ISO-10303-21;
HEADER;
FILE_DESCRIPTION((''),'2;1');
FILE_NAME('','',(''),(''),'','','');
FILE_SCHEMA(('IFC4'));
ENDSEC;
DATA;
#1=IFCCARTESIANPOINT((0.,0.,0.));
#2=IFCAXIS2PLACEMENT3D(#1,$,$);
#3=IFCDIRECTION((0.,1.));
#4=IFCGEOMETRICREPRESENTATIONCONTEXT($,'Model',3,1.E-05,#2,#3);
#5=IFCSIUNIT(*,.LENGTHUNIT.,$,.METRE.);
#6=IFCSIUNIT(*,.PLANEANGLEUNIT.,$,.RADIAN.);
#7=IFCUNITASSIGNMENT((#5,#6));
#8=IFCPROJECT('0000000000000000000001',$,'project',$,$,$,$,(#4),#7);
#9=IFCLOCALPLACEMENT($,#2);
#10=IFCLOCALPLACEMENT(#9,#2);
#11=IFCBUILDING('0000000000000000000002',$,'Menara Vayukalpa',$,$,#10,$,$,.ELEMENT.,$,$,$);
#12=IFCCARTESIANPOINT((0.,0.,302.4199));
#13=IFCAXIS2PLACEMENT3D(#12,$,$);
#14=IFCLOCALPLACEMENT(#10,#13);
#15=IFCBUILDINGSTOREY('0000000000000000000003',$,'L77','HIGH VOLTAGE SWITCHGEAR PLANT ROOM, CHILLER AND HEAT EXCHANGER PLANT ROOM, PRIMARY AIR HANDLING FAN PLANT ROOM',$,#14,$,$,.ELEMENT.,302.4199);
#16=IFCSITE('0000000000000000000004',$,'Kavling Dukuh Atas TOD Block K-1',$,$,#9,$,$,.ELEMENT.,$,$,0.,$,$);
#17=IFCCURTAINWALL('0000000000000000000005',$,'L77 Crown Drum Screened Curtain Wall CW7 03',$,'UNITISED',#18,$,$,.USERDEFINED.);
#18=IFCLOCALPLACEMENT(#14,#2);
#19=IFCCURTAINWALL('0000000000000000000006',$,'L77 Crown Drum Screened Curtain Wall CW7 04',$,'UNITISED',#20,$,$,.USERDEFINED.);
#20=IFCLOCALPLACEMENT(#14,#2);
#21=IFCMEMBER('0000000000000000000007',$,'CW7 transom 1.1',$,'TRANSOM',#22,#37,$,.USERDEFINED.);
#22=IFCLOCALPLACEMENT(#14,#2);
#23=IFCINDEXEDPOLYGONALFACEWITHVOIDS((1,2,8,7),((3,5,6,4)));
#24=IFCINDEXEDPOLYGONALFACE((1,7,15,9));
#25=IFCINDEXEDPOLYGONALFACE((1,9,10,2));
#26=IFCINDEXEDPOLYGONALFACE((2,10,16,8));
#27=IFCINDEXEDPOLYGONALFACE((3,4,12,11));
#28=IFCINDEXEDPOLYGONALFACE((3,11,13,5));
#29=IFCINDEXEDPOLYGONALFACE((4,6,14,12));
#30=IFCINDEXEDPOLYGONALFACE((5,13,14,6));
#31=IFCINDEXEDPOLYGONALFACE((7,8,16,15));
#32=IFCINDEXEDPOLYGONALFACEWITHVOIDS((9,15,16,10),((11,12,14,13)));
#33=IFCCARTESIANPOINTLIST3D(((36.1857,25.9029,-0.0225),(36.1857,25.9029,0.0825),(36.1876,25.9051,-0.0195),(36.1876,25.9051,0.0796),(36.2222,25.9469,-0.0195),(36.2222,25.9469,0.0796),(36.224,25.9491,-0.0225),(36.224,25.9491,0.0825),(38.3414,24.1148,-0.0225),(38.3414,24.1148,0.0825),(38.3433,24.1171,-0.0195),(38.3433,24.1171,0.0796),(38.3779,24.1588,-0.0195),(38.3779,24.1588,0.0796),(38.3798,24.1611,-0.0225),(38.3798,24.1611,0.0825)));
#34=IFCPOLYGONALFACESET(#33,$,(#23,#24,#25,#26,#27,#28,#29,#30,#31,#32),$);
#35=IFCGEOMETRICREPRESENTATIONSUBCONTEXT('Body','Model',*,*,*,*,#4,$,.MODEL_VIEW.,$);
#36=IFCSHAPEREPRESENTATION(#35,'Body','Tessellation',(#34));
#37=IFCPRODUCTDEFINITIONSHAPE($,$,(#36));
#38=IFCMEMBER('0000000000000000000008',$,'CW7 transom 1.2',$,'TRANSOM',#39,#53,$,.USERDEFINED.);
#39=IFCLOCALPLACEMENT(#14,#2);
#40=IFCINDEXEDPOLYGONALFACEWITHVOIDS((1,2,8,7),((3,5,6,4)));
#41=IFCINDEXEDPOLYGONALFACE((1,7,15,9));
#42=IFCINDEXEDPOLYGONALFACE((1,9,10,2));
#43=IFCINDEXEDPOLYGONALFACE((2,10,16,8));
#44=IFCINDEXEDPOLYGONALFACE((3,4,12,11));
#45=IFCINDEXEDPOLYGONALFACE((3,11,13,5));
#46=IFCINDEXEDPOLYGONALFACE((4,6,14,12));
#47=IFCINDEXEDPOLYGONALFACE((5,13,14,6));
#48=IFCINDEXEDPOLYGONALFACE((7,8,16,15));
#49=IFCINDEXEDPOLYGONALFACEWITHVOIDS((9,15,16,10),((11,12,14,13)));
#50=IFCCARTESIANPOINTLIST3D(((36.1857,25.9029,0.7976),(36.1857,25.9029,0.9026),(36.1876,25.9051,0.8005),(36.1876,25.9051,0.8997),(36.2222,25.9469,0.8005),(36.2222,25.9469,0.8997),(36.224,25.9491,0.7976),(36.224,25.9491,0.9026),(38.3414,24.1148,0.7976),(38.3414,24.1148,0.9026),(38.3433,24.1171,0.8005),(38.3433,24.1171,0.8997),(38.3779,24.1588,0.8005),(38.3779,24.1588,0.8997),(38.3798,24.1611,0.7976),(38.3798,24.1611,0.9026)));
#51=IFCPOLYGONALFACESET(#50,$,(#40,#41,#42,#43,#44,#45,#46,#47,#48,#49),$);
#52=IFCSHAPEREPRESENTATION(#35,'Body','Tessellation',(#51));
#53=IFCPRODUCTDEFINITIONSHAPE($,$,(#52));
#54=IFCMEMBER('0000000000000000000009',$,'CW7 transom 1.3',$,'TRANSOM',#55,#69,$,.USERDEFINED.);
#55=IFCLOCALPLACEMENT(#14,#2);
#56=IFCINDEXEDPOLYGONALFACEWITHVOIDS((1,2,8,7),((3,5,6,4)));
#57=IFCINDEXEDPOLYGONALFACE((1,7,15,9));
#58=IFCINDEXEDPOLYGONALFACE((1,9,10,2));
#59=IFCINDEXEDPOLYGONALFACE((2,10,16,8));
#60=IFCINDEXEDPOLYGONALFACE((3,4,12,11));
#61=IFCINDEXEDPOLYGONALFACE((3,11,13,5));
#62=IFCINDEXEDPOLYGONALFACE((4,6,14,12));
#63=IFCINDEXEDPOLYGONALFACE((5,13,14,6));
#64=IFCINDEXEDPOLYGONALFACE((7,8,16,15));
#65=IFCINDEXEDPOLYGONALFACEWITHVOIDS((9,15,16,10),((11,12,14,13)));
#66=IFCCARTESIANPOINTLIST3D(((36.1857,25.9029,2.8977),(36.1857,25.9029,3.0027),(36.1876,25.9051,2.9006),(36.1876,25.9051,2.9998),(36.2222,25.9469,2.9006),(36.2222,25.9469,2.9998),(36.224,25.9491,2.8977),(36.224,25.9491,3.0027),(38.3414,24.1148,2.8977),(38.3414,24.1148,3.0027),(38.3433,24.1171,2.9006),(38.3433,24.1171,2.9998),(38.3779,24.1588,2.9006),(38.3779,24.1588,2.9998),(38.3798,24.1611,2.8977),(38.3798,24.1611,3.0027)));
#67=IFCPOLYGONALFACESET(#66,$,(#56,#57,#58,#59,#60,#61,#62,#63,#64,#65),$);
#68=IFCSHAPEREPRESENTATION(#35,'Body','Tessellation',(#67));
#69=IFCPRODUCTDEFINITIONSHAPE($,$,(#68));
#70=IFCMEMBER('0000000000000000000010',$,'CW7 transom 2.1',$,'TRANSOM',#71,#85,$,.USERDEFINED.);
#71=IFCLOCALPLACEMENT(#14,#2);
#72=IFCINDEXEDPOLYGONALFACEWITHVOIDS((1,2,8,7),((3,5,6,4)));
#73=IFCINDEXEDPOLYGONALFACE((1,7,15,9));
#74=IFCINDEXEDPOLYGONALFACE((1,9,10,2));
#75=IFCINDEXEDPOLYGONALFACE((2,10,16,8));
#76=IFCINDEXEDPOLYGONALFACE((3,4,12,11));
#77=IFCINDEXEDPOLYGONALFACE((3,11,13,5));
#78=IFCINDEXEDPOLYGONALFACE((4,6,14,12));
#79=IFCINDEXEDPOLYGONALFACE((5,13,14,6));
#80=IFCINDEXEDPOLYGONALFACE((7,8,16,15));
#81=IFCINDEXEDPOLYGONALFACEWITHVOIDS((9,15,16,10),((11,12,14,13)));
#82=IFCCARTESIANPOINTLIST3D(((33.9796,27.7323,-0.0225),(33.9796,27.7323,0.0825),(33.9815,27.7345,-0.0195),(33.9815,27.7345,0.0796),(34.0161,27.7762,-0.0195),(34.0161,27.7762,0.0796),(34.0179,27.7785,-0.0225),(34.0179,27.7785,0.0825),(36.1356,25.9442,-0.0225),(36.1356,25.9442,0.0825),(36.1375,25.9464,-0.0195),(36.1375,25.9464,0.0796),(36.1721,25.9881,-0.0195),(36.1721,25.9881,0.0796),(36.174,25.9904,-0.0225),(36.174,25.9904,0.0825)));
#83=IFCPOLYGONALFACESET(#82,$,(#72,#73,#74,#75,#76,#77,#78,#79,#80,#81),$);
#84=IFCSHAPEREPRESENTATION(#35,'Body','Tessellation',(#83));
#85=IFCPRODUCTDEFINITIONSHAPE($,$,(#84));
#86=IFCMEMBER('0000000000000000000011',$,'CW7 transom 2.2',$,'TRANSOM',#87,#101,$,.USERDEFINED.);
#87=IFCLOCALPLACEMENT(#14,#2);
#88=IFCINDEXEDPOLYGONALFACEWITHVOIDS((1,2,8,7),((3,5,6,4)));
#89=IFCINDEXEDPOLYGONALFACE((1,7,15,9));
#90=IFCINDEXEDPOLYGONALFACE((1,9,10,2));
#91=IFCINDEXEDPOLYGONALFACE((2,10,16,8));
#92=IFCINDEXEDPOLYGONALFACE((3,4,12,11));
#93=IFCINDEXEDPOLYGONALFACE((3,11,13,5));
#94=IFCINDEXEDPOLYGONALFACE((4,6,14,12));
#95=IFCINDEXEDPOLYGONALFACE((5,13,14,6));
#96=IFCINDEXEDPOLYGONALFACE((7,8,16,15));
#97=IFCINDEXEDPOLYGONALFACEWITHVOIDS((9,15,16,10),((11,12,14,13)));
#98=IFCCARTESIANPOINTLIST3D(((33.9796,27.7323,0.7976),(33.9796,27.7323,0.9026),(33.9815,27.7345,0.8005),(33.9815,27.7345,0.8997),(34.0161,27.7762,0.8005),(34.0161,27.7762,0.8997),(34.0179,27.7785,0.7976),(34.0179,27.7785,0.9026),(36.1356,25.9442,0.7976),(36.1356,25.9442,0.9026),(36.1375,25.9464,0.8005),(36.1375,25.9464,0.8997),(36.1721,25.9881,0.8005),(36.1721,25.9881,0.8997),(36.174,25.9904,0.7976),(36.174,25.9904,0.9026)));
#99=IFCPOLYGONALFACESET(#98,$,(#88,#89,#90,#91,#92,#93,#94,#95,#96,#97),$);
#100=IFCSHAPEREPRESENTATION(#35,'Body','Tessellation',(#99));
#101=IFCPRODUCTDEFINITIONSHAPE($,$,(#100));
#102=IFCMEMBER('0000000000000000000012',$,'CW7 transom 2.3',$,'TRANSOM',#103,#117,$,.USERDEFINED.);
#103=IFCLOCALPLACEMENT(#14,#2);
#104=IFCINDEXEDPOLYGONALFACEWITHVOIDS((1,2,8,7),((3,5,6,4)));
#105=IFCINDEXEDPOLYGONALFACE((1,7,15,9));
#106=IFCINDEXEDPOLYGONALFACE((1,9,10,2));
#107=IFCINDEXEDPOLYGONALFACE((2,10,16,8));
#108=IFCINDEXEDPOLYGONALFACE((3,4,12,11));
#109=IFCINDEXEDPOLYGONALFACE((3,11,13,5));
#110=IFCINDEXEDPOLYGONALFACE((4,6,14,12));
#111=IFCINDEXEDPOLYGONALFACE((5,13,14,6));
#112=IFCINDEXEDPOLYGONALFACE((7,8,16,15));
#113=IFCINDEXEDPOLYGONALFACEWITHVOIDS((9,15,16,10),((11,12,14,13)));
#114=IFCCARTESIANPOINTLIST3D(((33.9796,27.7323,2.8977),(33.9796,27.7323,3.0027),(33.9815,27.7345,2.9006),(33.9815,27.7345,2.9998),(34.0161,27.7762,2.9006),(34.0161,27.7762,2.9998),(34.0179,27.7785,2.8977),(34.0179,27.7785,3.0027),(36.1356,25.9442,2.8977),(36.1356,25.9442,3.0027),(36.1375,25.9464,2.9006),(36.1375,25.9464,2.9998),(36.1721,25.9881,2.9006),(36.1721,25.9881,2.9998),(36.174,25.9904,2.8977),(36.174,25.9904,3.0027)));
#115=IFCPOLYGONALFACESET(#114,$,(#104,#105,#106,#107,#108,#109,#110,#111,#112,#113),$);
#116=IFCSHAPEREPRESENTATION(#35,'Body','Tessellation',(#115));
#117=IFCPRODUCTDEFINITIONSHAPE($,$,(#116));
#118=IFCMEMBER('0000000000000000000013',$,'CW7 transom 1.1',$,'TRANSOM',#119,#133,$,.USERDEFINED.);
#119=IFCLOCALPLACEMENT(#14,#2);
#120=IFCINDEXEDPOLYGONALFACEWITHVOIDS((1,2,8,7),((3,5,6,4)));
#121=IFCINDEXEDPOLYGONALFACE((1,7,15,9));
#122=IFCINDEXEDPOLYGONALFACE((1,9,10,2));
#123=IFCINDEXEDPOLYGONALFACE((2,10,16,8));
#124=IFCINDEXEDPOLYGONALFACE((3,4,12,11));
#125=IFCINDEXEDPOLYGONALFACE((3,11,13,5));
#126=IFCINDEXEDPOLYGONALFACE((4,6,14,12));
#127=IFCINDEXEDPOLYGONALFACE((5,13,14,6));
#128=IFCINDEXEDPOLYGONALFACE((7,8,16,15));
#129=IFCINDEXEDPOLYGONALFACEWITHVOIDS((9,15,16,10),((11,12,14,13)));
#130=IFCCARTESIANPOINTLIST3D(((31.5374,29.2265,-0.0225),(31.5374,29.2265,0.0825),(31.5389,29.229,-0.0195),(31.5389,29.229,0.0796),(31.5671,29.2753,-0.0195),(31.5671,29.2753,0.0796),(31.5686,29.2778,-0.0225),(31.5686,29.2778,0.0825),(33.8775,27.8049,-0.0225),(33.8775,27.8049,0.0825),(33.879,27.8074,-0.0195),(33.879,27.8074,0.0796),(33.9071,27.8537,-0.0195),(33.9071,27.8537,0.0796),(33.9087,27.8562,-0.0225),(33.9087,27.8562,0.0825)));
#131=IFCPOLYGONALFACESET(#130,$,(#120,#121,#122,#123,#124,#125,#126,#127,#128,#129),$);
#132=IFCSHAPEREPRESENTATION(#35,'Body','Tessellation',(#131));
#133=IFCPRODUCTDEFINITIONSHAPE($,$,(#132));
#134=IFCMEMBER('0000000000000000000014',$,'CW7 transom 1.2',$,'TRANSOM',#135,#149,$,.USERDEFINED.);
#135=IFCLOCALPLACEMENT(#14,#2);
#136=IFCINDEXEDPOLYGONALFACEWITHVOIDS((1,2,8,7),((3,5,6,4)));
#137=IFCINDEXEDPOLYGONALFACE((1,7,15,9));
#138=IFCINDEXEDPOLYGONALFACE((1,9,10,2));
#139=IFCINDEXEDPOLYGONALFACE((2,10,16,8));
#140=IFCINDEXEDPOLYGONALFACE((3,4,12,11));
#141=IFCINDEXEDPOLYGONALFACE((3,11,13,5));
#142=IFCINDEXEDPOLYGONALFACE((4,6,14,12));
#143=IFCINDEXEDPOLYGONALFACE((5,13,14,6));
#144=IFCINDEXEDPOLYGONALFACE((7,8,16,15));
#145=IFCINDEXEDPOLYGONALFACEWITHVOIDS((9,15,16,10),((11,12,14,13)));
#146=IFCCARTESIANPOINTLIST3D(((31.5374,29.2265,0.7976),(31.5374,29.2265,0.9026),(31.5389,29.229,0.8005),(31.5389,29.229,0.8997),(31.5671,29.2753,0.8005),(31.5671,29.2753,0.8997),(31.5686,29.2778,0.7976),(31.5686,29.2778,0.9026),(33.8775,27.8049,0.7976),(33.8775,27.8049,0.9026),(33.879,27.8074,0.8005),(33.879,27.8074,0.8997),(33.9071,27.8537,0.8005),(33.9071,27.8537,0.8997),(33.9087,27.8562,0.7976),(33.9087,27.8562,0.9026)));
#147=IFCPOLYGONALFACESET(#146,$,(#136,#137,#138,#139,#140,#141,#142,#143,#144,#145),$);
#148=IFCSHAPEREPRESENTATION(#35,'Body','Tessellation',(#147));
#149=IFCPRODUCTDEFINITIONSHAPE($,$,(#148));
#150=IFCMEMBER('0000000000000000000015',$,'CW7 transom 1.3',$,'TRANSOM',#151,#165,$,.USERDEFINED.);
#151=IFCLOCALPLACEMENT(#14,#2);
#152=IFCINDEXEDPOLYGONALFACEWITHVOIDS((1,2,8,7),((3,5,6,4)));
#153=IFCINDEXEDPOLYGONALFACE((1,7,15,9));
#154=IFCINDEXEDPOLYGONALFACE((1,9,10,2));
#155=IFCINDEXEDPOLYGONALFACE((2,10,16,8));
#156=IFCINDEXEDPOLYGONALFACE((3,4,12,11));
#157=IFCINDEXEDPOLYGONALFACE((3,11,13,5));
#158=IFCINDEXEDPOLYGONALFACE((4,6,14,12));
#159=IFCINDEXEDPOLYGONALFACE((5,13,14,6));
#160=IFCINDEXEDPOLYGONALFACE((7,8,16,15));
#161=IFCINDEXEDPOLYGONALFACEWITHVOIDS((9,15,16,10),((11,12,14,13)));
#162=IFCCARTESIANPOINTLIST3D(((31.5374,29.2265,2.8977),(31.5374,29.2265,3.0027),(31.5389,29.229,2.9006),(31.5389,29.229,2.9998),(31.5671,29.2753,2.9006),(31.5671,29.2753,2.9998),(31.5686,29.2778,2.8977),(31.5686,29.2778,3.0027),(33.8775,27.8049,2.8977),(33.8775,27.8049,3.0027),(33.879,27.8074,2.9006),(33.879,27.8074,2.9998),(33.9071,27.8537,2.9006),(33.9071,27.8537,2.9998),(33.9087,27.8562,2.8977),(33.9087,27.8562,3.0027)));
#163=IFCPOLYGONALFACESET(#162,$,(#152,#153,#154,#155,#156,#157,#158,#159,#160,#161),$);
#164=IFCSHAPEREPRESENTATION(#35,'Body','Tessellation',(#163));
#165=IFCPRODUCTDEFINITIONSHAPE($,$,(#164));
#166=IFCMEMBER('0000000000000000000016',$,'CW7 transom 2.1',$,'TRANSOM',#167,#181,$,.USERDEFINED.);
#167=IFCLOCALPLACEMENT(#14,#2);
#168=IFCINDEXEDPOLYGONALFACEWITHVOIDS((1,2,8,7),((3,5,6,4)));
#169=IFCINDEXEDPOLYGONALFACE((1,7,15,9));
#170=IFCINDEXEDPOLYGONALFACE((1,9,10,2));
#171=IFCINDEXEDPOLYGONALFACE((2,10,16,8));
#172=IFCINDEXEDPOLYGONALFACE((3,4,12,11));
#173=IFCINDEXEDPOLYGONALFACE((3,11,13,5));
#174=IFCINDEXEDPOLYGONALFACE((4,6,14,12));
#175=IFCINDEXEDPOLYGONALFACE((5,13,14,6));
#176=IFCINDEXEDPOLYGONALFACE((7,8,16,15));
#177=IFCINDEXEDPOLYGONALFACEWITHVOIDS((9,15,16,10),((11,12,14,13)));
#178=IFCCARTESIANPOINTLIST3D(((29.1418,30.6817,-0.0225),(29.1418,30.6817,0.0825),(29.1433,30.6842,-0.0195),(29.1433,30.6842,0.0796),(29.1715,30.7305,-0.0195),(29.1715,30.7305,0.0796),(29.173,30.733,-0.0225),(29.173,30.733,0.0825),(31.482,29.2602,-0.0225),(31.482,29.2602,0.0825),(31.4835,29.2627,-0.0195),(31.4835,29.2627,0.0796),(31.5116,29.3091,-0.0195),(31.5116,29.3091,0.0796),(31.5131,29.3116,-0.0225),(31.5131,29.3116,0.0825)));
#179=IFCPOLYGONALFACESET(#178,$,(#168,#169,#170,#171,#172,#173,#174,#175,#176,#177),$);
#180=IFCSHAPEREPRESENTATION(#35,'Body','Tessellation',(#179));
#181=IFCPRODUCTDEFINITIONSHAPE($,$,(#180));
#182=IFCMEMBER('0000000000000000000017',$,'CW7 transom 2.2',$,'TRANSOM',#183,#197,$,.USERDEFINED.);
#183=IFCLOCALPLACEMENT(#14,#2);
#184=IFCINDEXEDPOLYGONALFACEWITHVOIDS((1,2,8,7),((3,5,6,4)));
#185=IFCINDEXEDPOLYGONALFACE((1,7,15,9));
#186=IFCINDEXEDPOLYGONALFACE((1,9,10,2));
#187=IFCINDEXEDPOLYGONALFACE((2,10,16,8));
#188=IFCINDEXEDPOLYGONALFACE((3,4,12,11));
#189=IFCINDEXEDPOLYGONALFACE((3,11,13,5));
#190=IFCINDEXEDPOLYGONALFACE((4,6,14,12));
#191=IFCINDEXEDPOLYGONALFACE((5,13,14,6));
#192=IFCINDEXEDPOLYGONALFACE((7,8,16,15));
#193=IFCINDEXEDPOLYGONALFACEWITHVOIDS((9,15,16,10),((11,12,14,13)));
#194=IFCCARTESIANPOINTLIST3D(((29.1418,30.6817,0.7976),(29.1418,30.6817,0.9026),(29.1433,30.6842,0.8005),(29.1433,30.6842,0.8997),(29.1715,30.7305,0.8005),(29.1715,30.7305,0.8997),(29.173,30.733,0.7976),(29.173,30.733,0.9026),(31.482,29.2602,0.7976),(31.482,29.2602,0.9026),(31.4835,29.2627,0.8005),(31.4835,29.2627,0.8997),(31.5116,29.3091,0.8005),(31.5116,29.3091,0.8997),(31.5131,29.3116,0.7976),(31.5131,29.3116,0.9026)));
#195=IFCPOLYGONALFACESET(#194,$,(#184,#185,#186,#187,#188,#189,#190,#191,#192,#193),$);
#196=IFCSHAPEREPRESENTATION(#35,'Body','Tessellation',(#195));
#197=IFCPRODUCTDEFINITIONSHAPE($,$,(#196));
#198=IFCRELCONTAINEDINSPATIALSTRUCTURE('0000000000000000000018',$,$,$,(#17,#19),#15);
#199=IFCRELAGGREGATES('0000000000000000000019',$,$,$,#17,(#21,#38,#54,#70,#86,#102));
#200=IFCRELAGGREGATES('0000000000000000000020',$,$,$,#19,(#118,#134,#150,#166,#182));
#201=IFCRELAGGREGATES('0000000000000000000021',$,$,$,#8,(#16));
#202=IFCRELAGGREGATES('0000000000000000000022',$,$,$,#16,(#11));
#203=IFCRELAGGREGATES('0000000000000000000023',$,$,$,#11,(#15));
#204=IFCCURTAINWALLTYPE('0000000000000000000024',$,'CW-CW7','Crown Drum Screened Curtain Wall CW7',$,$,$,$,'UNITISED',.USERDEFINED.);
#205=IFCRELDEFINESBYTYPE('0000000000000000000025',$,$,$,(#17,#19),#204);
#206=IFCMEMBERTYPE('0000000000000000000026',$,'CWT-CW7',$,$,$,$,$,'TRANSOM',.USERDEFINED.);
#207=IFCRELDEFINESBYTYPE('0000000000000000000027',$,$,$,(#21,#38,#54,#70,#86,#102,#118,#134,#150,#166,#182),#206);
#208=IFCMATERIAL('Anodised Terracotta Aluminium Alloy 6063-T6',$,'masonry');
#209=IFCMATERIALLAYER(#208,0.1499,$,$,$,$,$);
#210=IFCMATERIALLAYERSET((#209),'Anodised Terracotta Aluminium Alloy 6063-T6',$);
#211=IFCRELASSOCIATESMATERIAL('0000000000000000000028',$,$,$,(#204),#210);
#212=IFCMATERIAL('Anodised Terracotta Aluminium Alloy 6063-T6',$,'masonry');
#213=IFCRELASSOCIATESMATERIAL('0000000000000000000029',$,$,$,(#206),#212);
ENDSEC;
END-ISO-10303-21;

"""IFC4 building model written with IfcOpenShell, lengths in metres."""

from ifc_helpers import new_model, si_unit, direction, frame, origin, origin_2d, place, context, subcontext, project, spatial, hollow_rectangle, extrude, material, layer, layer_set, material_profile, profile_set, type_object, element, aggregate, save


model = new_model("IFC4")

# Units and contexts
model_context = context("Model", 3, precision=1e-05, world=origin(), true_north=direction((0.0, 1.0)))
body_context = subcontext(model_context, "Body", "Model", "MODEL_VIEW")
ifc_project = project(units=[si_unit("LENGTHUNIT", "METRE"), si_unit("PLANEANGLEUNIT", "RADIAN")], contexts=[model_context])

# Site, building, storey
site_placement = place(None, origin())
site = spatial("IfcSite", under=ifc_project, at=site_placement, Name="Kavling Dukuh Atas TOD Block K-1", CompositionType="ELEMENT", RefElevation=0.0)
building_placement = place(site_placement, origin())
building = spatial("IfcBuilding", under=site, at=building_placement, Name="Menara Vayukalpa", CompositionType="ELEMENT")
storey_placement = place(building_placement, frame((0.0, 0.0, 302.4199)))
storey = spatial("IfcBuildingStorey", under=building, at=storey_placement, Name="L77", Description="HIGH VOLTAGE SWITCHGEAR PLANT ROOM, CHILLER AND HEAT EXCHANGER PLANT ROOM, PRIMARY AIR HANDLING FAN PLANT ROOM", CompositionType="ELEMENT", Elevation=302.4199)

# Curtain walls
ifc_material_1 = material(Name="Anodised Terracotta Aluminium Alloy 6063-T6", Category="masonry")
ifc_layer_1 = layer(ifc_material_1, 0.1499)
ifc_layer_set_1 = layer_set([ifc_layer_1], Name="Anodised Terracotta Aluminium Alloy 6063-T6")
curtain_wall_type = type_object("IfcCurtainWallType", Name="CW-CW7", Description="Crown Drum Screened Curtain Wall CW7", ElementType="UNITISED", PredefinedType="USERDEFINED", material=ifc_layer_set_1)
curtain_wall_1_placement = place(storey_placement, origin())
curtain_wall_1 = element("IfcCurtainWall", 1, at=curtain_wall_1_placement, inside=storey, type_object=curtain_wall_type, Name="L77 Crown Drum Screened Curtain Wall CW7 03", ObjectType="UNITISED", PredefinedType="USERDEFINED")
curtain_wall_2_placement = place(storey_placement, origin())
curtain_wall_2 = element("IfcCurtainWall", 2, at=curtain_wall_2_placement, inside=storey, type_object=curtain_wall_type, Name="L77 Crown Drum Screened Curtain Wall CW7 04", ObjectType="UNITISED", PredefinedType="USERDEFINED")

# Members
ifc_material_2 = material(Name="Anodised Terracotta Aluminium Alloy 6063-T6", Category="masonry")
ifc_material_profile_1 = material_profile(ifc_material_2, hollow_rectangle(XDim=0.0601, YDim=0.105, WallThickness=0.0029, at=origin_2d()), Name="ALU 60x105x3")
ifc_profile_set_1 = profile_set([ifc_material_profile_1], Name="Anodised Terracotta Aluminium Alloy 6063-T6")
member_type_1 = type_object("IfcMemberType", Name="CWT-CW7", ElementType="TRANSOM", PredefinedType="USERDEFINED", material=ifc_profile_set_1)
member_1_placement = place(storey_placement, frame((38.3606, 24.1379, 0.03), z_axis=(-0.769691, 0.638416, 0.0), x_axis=(-0.638416, -0.769691, 0.0)))
member_1 = element("IfcMember", 3, at=member_1_placement, type_object=member_type_1, Name="CW7 transom 1.1", ObjectType="TRANSOM", PredefinedType="USERDEFINED", context=body_context, shape_type="SweptSolid", body=[
    extrude(hollow_rectangle(XDim=0.0601, YDim=0.105, WallThickness=0.0029, at=origin_2d()), origin(), (0.0, 0.0, 1.0), 2.8008),
])
member_2_placement = place(storey_placement, frame((38.3606, 24.1379, 0.8501), z_axis=(-0.769691, 0.638416, 0.0), x_axis=(-0.638416, -0.769691, 0.0)))
member_2 = element("IfcMember", 4, at=member_2_placement, type_object=member_type_1, Name="CW7 transom 1.2", ObjectType="TRANSOM", PredefinedType="USERDEFINED", context=body_context, shape_type="SweptSolid", body=[
    extrude(hollow_rectangle(XDim=0.0601, YDim=0.105, WallThickness=0.0029, at=origin_2d()), origin(), (0.0, 0.0, 1.0), 2.8008),
])
member_3_placement = place(storey_placement, frame((38.3606, 24.1379, 2.9502), z_axis=(-0.769691, 0.638416, 0.0), x_axis=(-0.638416, -0.769691, 0.0)))
member_3 = element("IfcMember", 5, at=member_3_placement, type_object=member_type_1, Name="CW7 transom 1.3", ObjectType="TRANSOM", PredefinedType="USERDEFINED", context=body_context, shape_type="SweptSolid", body=[
    extrude(hollow_rectangle(XDim=0.0601, YDim=0.105, WallThickness=0.0029, at=origin_2d()), origin(), (0.0, 0.0, 1.0), 2.8008),
])
member_4_placement = place(storey_placement, frame((36.1548, 25.9673, 0.03), z_axis=(-0.769727, 0.638374, 0.0), x_axis=(-0.638374, -0.769727, 0.0)))
member_4 = element("IfcMember", 6, at=member_4_placement, type_object=member_type_1, Name="CW7 transom 2.1", ObjectType="TRANSOM", PredefinedType="USERDEFINED", context=body_context, shape_type="SweptSolid", body=[
    extrude(hollow_rectangle(XDim=0.0601, YDim=0.105, WallThickness=0.0029, at=origin_2d()), origin(), (0.0, 0.0, 1.0), 2.801),
])
member_5_placement = place(storey_placement, frame((36.1548, 25.9673, 0.8501), z_axis=(-0.769727, 0.638374, 0.0), x_axis=(-0.638374, -0.769727, 0.0)))
member_5 = element("IfcMember", 7, at=member_5_placement, type_object=member_type_1, Name="CW7 transom 2.2", ObjectType="TRANSOM", PredefinedType="USERDEFINED", context=body_context, shape_type="SweptSolid", body=[
    extrude(hollow_rectangle(XDim=0.0601, YDim=0.105, WallThickness=0.0029, at=origin_2d()), origin(), (0.0, 0.0, 1.0), 2.801),
])
member_6_placement = place(storey_placement, frame((36.1548, 25.9673, 2.9502), z_axis=(-0.769727, 0.638374, 0.0), x_axis=(-0.638374, -0.769727, 0.0)))
member_6 = element("IfcMember", 8, at=member_6_placement, type_object=member_type_1, Name="CW7 transom 2.3", ObjectType="TRANSOM", PredefinedType="USERDEFINED", context=body_context, shape_type="SweptSolid", body=[
    extrude(hollow_rectangle(XDim=0.0601, YDim=0.105, WallThickness=0.0029, at=origin_2d()), origin(), (0.0, 0.0, 1.0), 2.801),
])
member_7_placement = place(storey_placement, frame((33.8931, 27.8306, 0.03), z_axis=(-0.854648, 0.519208, 0.0), x_axis=(-0.519208, -0.854648, 0.0)))
member_7 = element("IfcMember", 9, at=member_7_placement, type_object=member_type_1, Name="CW7 transom 1.1", ObjectType="TRANSOM", PredefinedType="USERDEFINED", context=body_context, shape_type="SweptSolid", body=[
    extrude(hollow_rectangle(XDim=0.0601, YDim=0.105, WallThickness=0.0029, at=origin_2d()), origin(), (0.0, 0.0, 1.0), 2.738),
])
member_8_placement = place(storey_placement, frame((33.8931, 27.8306, 0.8501), z_axis=(-0.854648, 0.519208, 0.0), x_axis=(-0.519208, -0.854648, 0.0)))
member_8 = element("IfcMember", 10, at=member_8_placement, type_object=member_type_1, Name="CW7 transom 1.2", ObjectType="TRANSOM", PredefinedType="USERDEFINED", context=body_context, shape_type="SweptSolid", body=[
    extrude(hollow_rectangle(XDim=0.0601, YDim=0.105, WallThickness=0.0029, at=origin_2d()), origin(), (0.0, 0.0, 1.0), 2.738),
])
member_9_placement = place(storey_placement, frame((33.8931, 27.8306, 2.9502), z_axis=(-0.854648, 0.519208, 0.0), x_axis=(-0.519208, -0.854648, 0.0)))
member_9 = element("IfcMember", 11, at=member_9_placement, type_object=member_type_1, Name="CW7 transom 1.3", ObjectType="TRANSOM", PredefinedType="USERDEFINED", context=body_context, shape_type="SweptSolid", body=[
    extrude(hollow_rectangle(XDim=0.0601, YDim=0.105, WallThickness=0.0029, at=origin_2d()), origin(), (0.0, 0.0, 1.0), 2.738),
])
member_10_placement = place(storey_placement, frame((31.4976, 29.2859, 0.03), z_axis=(-0.854687, 0.519143, 0.0), x_axis=(-0.519143, -0.854687, 0.0)))
member_10 = element("IfcMember", 12, at=member_10_placement, type_object=member_type_1, Name="CW7 transom 2.1", ObjectType="TRANSOM", PredefinedType="USERDEFINED", context=body_context, shape_type="SweptSolid", body=[
    extrude(hollow_rectangle(XDim=0.0601, YDim=0.105, WallThickness=0.0029, at=origin_2d()), origin(), (0.0, 0.0, 1.0), 2.738),
])
member_11_placement = place(storey_placement, frame((31.4976, 29.2859, 0.8501), z_axis=(-0.854687, 0.519143, 0.0), x_axis=(-0.519143, -0.854687, 0.0)))
member_11 = element("IfcMember", 13, at=member_11_placement, type_object=member_type_1, Name="CW7 transom 2.2", ObjectType="TRANSOM", PredefinedType="USERDEFINED", context=body_context, shape_type="SweptSolid", body=[
    extrude(hollow_rectangle(XDim=0.0601, YDim=0.105, WallThickness=0.0029, at=origin_2d()), origin(), (0.0, 0.0, 1.0), 2.738),
])

aggregate(curtain_wall_1, [member_1, member_2, member_3, member_4, member_5, member_6])
aggregate(curtain_wall_2, [member_7, member_8, member_9, member_10, member_11])

save(model, "model.ifc")
